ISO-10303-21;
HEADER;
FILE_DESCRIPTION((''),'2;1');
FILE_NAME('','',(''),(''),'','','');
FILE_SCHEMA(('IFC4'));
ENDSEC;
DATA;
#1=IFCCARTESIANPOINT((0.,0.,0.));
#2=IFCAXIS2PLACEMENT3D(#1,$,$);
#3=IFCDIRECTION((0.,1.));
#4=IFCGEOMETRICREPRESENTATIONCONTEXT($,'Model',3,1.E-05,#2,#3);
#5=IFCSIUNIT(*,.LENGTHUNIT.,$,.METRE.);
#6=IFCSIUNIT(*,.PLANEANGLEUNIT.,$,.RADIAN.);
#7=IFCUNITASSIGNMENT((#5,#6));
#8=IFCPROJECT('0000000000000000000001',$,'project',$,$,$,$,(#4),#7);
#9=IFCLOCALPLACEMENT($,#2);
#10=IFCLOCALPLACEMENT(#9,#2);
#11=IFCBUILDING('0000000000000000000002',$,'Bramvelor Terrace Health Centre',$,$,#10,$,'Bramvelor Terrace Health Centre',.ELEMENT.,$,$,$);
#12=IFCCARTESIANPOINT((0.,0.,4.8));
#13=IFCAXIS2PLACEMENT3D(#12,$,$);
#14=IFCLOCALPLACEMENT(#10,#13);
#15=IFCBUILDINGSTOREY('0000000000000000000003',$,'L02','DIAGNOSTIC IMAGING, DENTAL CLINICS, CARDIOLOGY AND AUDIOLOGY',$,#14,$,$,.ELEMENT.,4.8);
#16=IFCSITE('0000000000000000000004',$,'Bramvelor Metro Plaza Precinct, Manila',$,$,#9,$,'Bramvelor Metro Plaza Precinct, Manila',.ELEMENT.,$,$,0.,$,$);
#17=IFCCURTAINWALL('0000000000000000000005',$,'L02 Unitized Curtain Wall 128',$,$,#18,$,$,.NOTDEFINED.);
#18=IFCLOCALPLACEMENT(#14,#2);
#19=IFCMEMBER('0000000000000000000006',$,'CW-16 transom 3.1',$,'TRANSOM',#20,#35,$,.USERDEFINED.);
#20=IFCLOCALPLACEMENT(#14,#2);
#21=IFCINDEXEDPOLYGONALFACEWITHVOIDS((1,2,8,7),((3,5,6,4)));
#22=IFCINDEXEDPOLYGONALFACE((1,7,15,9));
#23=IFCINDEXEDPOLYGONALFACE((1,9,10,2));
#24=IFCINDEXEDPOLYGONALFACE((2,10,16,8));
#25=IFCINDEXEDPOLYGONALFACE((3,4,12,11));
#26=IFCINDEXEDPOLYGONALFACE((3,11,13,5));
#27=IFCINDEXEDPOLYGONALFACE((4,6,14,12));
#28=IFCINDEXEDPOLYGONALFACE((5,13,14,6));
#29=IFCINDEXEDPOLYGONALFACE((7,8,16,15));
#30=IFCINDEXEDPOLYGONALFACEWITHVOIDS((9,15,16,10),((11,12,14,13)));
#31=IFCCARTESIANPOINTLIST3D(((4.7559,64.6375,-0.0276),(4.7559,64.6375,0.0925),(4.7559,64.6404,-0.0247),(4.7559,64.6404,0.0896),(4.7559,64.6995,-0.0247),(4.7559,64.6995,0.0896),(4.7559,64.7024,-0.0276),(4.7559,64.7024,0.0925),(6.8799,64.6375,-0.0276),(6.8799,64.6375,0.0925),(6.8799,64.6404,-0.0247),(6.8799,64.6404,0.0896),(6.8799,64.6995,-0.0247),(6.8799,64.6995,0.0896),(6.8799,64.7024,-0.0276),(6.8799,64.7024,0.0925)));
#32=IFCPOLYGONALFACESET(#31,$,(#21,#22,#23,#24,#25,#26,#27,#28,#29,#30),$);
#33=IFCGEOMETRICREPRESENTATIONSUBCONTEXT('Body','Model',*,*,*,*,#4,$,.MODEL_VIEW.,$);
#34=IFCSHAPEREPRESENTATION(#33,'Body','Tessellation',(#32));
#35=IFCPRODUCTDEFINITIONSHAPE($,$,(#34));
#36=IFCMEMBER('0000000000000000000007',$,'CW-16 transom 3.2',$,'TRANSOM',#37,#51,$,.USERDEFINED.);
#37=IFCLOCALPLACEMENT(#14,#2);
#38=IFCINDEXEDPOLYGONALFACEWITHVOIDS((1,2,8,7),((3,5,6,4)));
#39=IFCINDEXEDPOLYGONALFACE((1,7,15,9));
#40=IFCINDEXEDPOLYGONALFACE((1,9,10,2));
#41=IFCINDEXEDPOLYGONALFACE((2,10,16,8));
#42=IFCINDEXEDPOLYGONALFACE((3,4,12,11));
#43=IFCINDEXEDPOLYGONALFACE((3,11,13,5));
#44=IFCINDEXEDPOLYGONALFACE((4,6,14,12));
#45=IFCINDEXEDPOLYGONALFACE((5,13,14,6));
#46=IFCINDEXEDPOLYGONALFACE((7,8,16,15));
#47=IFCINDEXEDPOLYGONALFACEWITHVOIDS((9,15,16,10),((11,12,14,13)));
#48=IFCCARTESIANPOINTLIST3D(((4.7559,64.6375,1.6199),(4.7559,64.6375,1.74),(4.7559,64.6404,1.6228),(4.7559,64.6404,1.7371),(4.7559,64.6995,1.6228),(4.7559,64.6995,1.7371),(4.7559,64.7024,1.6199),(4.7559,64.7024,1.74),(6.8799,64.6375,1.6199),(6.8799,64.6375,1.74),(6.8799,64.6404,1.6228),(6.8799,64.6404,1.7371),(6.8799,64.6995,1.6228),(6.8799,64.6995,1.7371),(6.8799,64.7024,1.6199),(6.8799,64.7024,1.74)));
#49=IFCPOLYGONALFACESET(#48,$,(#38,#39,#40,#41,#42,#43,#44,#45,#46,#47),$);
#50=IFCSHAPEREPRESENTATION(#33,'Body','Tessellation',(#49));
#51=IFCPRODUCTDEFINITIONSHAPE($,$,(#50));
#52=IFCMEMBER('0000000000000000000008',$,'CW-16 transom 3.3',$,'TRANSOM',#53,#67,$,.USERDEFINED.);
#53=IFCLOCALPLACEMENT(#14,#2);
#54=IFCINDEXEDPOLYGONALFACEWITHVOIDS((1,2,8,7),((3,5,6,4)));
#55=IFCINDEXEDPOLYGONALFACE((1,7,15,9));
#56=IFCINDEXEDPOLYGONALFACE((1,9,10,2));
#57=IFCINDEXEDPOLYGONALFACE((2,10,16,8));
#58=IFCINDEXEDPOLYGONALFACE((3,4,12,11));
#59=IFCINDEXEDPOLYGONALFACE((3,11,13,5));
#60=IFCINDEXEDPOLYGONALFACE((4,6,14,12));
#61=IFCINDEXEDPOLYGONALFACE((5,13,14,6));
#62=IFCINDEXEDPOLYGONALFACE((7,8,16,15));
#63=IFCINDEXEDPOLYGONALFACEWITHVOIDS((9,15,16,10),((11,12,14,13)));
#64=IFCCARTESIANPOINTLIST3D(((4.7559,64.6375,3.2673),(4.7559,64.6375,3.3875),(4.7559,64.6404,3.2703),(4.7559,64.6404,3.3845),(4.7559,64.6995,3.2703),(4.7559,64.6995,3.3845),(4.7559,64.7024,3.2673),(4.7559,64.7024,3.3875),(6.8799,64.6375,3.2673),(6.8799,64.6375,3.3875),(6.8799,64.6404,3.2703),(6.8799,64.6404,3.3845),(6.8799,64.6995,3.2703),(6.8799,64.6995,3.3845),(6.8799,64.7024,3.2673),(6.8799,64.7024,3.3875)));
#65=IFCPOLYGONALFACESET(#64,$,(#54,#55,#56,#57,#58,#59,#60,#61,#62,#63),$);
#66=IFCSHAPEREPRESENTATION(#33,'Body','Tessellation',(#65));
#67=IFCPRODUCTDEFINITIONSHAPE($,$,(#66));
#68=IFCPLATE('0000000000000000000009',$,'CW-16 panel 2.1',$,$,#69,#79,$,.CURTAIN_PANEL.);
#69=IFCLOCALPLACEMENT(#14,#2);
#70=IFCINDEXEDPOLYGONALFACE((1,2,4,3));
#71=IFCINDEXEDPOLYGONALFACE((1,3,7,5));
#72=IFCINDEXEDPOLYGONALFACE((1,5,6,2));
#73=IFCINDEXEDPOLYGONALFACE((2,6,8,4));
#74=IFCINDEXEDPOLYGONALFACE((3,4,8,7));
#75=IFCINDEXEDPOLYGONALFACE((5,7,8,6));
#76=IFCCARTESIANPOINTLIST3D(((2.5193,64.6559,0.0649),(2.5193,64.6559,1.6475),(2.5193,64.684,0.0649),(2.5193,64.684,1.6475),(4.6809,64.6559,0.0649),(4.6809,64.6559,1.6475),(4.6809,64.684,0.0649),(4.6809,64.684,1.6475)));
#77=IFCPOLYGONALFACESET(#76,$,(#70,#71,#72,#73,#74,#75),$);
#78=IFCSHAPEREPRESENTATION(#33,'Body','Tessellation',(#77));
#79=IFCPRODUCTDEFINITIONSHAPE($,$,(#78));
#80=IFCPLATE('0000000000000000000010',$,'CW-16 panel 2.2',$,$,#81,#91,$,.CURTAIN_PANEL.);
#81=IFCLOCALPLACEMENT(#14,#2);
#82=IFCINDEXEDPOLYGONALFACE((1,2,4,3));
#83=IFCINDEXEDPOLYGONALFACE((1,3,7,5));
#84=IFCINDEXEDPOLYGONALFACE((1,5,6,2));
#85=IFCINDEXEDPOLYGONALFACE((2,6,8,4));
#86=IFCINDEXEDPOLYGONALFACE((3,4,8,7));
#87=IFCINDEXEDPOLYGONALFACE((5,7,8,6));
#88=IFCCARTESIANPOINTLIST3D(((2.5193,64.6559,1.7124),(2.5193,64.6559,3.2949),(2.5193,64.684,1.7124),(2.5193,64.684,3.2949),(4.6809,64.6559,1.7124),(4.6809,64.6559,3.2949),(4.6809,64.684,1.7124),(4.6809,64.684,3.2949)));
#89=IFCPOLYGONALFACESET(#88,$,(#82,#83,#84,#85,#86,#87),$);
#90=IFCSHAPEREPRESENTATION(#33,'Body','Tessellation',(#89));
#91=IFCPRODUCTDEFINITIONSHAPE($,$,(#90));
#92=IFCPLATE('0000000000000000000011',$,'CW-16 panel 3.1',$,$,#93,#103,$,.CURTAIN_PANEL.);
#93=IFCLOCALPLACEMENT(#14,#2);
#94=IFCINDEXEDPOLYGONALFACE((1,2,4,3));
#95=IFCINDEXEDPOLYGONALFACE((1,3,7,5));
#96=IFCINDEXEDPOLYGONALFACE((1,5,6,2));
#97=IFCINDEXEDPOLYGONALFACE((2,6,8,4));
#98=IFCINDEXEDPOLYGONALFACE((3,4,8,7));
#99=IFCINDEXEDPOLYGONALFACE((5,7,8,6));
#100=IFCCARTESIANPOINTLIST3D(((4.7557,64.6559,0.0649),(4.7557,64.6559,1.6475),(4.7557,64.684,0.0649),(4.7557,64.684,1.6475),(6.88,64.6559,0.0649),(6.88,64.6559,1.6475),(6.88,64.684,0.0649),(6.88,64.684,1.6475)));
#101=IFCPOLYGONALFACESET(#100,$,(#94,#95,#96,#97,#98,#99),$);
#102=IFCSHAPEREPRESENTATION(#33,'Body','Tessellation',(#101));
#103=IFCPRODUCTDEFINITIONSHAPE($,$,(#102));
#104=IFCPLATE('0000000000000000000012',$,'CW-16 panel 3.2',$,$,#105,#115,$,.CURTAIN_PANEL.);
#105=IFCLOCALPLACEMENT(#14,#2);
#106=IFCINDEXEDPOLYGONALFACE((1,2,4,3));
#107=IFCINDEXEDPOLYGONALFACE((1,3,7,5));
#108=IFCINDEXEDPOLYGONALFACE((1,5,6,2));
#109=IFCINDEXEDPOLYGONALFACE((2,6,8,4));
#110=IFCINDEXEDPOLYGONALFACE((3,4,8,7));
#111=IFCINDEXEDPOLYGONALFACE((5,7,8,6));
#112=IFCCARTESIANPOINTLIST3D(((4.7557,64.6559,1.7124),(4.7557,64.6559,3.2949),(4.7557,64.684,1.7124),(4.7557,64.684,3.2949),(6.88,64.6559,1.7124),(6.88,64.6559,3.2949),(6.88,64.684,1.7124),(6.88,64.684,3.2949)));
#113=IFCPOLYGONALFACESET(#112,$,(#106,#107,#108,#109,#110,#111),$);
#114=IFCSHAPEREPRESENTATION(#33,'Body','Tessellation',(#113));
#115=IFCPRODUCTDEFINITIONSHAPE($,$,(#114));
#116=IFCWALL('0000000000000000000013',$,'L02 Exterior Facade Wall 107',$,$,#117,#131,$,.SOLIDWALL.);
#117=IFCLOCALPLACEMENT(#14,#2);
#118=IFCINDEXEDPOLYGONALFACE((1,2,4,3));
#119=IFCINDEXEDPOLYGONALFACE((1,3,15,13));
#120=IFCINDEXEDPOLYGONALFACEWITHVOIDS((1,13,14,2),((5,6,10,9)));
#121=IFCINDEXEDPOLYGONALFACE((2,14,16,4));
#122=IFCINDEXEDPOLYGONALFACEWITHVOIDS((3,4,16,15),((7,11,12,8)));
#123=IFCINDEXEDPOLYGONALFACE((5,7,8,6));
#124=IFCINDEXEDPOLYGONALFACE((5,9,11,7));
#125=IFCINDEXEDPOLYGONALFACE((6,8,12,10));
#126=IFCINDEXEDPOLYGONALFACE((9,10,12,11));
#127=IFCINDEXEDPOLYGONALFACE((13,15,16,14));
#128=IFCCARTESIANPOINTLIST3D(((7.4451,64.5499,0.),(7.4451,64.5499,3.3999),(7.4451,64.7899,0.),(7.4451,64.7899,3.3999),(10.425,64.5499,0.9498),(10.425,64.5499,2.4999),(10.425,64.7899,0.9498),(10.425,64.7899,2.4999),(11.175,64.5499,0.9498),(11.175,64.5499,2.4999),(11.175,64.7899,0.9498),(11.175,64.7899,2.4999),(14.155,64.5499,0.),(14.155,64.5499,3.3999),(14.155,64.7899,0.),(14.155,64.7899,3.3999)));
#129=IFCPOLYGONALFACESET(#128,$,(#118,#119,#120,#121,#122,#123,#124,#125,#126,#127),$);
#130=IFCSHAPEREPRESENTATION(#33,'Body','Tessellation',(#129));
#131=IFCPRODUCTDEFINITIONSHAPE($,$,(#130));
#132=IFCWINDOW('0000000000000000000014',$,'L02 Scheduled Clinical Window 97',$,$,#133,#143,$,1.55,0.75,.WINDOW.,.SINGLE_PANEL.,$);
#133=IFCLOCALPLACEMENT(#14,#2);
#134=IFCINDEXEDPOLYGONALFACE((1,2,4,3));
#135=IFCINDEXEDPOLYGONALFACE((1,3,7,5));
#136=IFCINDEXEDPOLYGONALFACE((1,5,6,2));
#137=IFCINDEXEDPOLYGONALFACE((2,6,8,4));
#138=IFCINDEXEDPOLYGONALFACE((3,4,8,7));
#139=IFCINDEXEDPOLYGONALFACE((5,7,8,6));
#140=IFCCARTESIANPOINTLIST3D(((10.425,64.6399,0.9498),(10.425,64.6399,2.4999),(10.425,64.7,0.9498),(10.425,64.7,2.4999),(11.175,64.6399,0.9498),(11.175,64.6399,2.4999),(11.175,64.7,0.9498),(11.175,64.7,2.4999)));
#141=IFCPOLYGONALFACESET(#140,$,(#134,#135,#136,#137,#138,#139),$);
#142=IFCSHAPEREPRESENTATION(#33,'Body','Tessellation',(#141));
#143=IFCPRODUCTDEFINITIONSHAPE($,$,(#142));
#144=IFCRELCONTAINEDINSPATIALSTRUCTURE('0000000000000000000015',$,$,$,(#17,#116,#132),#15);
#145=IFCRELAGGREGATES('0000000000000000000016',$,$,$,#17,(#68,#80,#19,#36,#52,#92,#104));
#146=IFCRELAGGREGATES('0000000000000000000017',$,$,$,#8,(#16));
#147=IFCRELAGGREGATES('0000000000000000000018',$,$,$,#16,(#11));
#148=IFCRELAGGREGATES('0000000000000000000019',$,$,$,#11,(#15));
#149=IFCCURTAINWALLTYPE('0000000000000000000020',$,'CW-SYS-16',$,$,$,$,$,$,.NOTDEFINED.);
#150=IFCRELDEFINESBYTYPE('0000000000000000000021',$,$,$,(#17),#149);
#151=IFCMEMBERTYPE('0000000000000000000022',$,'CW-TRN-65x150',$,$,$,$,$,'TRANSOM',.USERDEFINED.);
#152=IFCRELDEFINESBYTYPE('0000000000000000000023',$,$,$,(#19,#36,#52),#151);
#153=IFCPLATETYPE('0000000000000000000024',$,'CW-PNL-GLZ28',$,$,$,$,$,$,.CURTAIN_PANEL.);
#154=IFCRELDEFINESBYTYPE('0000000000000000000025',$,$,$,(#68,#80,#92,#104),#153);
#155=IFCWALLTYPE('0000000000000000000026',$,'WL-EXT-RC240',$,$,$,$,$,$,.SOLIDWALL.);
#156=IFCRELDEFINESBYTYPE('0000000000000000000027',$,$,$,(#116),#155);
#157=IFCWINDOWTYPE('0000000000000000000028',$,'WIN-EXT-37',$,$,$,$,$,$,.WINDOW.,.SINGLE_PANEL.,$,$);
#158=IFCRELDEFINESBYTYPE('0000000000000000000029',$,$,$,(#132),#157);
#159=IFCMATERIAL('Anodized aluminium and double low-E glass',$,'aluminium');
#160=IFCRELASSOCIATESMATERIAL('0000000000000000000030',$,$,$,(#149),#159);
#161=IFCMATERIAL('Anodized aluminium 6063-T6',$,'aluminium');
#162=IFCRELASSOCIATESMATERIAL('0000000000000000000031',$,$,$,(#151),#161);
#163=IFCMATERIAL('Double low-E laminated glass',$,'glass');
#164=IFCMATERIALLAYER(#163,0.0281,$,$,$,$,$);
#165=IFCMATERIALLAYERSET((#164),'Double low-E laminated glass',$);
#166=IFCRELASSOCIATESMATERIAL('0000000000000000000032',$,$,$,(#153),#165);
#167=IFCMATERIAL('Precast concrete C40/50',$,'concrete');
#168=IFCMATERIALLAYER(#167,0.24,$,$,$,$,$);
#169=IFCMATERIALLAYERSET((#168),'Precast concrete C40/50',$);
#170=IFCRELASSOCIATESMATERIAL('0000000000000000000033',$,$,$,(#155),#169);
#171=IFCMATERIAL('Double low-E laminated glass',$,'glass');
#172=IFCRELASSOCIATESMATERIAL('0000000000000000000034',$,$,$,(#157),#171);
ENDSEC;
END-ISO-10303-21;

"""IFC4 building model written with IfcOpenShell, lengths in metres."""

from ifc_helpers import new_model, si_unit, direction, frame, frame_2d, origin, origin_2d, place, context, subcontext, project, spatial, rectangle, hollow_rectangle, extrude, material, layer, layer_set, material_profile, profile_set, type_object, element, fill, aggregate, save


model = new_model("IFC4")

# Units and contexts
model_context = context("Model", 3, precision=1e-05, world=origin(), true_north=direction((0.0, 1.0)))
body_context = subcontext(model_context, "Body", "Model", "MODEL_VIEW")
ifc_project = project(units=[si_unit("LENGTHUNIT", "METRE"), si_unit("PLANEANGLEUNIT", "RADIAN")], contexts=[model_context])

# Site, building, storey
site_placement = place(None, origin())
site = spatial("IfcSite", under=ifc_project, at=site_placement, Name="Bramvelor Metro Plaza Precinct, Manila", LongName="Bramvelor Metro Plaza Precinct, Manila", CompositionType="ELEMENT", RefElevation=0.0)
building_placement = place(site_placement, origin())
building = spatial("IfcBuilding", under=site, at=building_placement, Name="Bramvelor Terrace Health Centre", LongName="Bramvelor Terrace Health Centre", CompositionType="ELEMENT")
storey_placement = place(building_placement, frame((0.0, 0.0, 4.8)))
storey = spatial("IfcBuildingStorey", under=building, at=storey_placement, Name="L02", Description="DIAGNOSTIC IMAGING, DENTAL CLINICS, CARDIOLOGY AND AUDIOLOGY", CompositionType="ELEMENT", Elevation=4.8)

# Curtain wall, members, plates
ifc_material_1 = material(Name="Anodized aluminium and double low-E glass", Category="aluminium")
curtain_wall_type_1 = type_object("IfcCurtainWallType", Name="CW-SYS-16", PredefinedType="NOTDEFINED", material=ifc_material_1)
curtain_wall_1_placement = place(storey_placement, origin())
curtain_wall_1 = element("IfcCurtainWall", 1, at=curtain_wall_1_placement, inside=storey, type_object=curtain_wall_type_1, Name="L02 Unitized Curtain Wall 128", PredefinedType="NOTDEFINED")
ifc_material_2 = material(Name="Anodized aluminium 6063-T6", Category="aluminium")
ifc_material_profile_1 = material_profile(ifc_material_2, hollow_rectangle(XDim=0.0649, YDim=0.1201, WallThickness=0.0029, at=origin_2d()), Name="ALU-TRN 65x120x3.0")
ifc_profile_set_1 = profile_set([ifc_material_profile_1], Name="Anodized aluminium 6063-T6")
member_type_1 = type_object("IfcMemberType", Name="CW-TRN-65x150", ElementType="TRANSOM", PredefinedType="USERDEFINED", material=ifc_profile_set_1)
member_1_placement = place(storey_placement, frame((4.7559, 64.6699, 0.0325), z_axis=(1.0, 0.0, 0.0), x_axis=(0.0, 1.0, 0.0)))
member_1 = element("IfcMember", 2, at=member_1_placement, type_object=member_type_1, Name="CW-16 transom 3.1", ObjectType="TRANSOM", PredefinedType="USERDEFINED", context=body_context, shape_type="SweptSolid", body=[
    extrude(hollow_rectangle(XDim=0.0649, YDim=0.1201, WallThickness=0.0029, at=origin_2d()), origin(), (0.0, 0.0, 1.0), 2.124),
])
member_2_placement = place(storey_placement, frame((4.7559, 64.6699, 1.6799), z_axis=(1.0, 0.0, 0.0), x_axis=(0.0, 1.0, 0.0)))
member_2 = element("IfcMember", 3, at=member_2_placement, type_object=member_type_1, Name="CW-16 transom 3.2", ObjectType="TRANSOM", PredefinedType="USERDEFINED", context=body_context, shape_type="SweptSolid", body=[
    extrude(hollow_rectangle(XDim=0.0649, YDim=0.1201, WallThickness=0.0029, at=origin_2d()), origin(), (0.0, 0.0, 1.0), 2.124),
])
member_3_placement = place(storey_placement, frame((4.7559, 64.6699, 3.3274), z_axis=(1.0, 0.0, 0.0), x_axis=(0.0, 1.0, 0.0)))
member_3 = element("IfcMember", 4, at=member_3_placement, type_object=member_type_1, Name="CW-16 transom 3.3", ObjectType="TRANSOM", PredefinedType="USERDEFINED", context=body_context, shape_type="SweptSolid", body=[
    extrude(hollow_rectangle(XDim=0.0649, YDim=0.1201, WallThickness=0.0029, at=origin_2d()), origin(), (0.0, 0.0, 1.0), 2.124),
])
ifc_material_3 = material(Name="Double low-E laminated glass", Category="glass")
ifc_layer_1 = layer(ifc_material_3, 0.0281)
ifc_layer_set_1 = layer_set([ifc_layer_1], Name="Double low-E laminated glass")
plate_type = type_object("IfcPlateType", Name="CW-PNL-GLZ28", PredefinedType="CURTAIN_PANEL", material=ifc_layer_set_1)
plate_1_placement = place(storey_placement, frame((3.6001, 64.6699, 0.0649), z_axis=(0.0, 0.0, 1.0), x_axis=(1.0, 0.0, 0.0)))
plate_1 = element("IfcPlate", 5, at=plate_1_placement, type_object=plate_type, Name="CW-16 panel 2.1", PredefinedType="CURTAIN_PANEL", context=body_context, shape_type="SweptSolid", body=[
    extrude(rectangle(XDim=2.1616, YDim=0.0281, at=origin_2d()), origin(), (0.0, 0.0, 1.0), 1.5825),
])
plate_2_placement = place(storey_placement, frame((3.6001, 64.6699, 1.7124), z_axis=(0.0, 0.0, 1.0), x_axis=(1.0, 0.0, 0.0)))
plate_2 = element("IfcPlate", 6, at=plate_2_placement, type_object=plate_type, Name="CW-16 panel 2.2", PredefinedType="CURTAIN_PANEL", context=body_context, shape_type="SweptSolid", body=[
    extrude(rectangle(XDim=2.1616, YDim=0.0281, at=origin_2d()), origin(), (0.0, 0.0, 1.0), 1.5825),
])
plate_3_placement = place(storey_placement, frame((5.8179, 64.6699, 0.0649), z_axis=(0.0, 0.0, 1.0), x_axis=(1.0, 0.0, 0.0)))
plate_3 = element("IfcPlate", 7, at=plate_3_placement, type_object=plate_type, Name="CW-16 panel 3.1", PredefinedType="CURTAIN_PANEL", context=body_context, shape_type="SweptSolid", body=[
    extrude(rectangle(XDim=2.1243, YDim=0.0281, at=origin_2d()), origin(), (0.0, 0.0, 1.0), 1.5825),
])
plate_4_placement = place(storey_placement, frame((5.8179, 64.6699, 1.7124), z_axis=(0.0, 0.0, 1.0), x_axis=(1.0, 0.0, 0.0)))
plate_4 = element("IfcPlate", 8, at=plate_4_placement, type_object=plate_type, Name="CW-16 panel 3.2", PredefinedType="CURTAIN_PANEL", context=body_context, shape_type="SweptSolid", body=[
    extrude(rectangle(XDim=2.1243, YDim=0.0281, at=origin_2d()), origin(), (0.0, 0.0, 1.0), 1.5825),
])
aggregate(curtain_wall_1, [plate_1, plate_2, member_1, member_2, member_3, plate_3, plate_4])

# Wall, opening, window
ifc_material_4 = material(Name="Precast concrete C40/50", Category="concrete")
ifc_layer_2 = layer(ifc_material_4, 0.24)
ifc_layer_set_2 = layer_set([ifc_layer_2], Name="Precast concrete C40/50")
wall_type = type_object("IfcWallType", Name="WL-EXT-RC240", PredefinedType="SOLIDWALL", material=ifc_layer_set_2)
wall_placement = place(storey_placement, frame((7.4451, 64.6699, 0.0), z_axis=(0.0, 0.0, 1.0), x_axis=(1.0, 0.0, 0.0)))
wall = element("IfcWall", 9, at=wall_placement, inside=storey, type_object=wall_type, Name="L02 Exterior Facade Wall 107", PredefinedType="SOLIDWALL", context=body_context, shape_type="SweptSolid", body=[
    extrude(rectangle(XDim=6.71, YDim=0.24, at=frame_2d((3.355, 0.0))), origin(), (0.0, 0.0, 1.0), 3.3999),
])
opening_placement = place(wall_placement, frame((2.98, 0.0, 0.95)))
opening = element("IfcOpeningElement", 10, at=opening_placement, cuts=wall, PredefinedType="OPENING", context=body_context, shape_type="SweptSolid", body=[
    extrude(rectangle(XDim=0.75, YDim=1.55, at=frame_2d((0.375, 0.7749))), frame((0.0, 0.1299, 0.0), z_axis=(0.0, -1.0, 0.0), x_axis=(1.0, 0.0, 0.0)), (0.0, 0.0, 1.0), 0.26),
])
ifc_material_5 = material(Name="Double low-E laminated glass", Category="glass")
window_type = type_object("IfcWindowType", Name="WIN-EXT-37", PartitioningType="SINGLE_PANEL", PredefinedType="WINDOW", material=ifc_material_5)
window_placement = place(opening_placement, origin())
window = element("IfcWindow", 11, at=window_placement, inside=storey, type_object=window_type, Name="L02 Scheduled Clinical Window 97", OverallHeight=1.55, OverallWidth=0.75, PartitioningType="SINGLE_PANEL", PredefinedType="WINDOW", context=body_context, shape_type="SweptSolid", body=[
    extrude(rectangle(XDim=0.75, YDim=1.55, at=frame_2d((0.375, 0.7749))), frame((0.0, 0.03, 0.0), z_axis=(0.0, -1.0, 0.0), x_axis=(1.0, 0.0, 0.0)), (0.0, 0.0, 1.0), 0.0601),
])
fill(opening, window)

save(model, "model.ifc")
